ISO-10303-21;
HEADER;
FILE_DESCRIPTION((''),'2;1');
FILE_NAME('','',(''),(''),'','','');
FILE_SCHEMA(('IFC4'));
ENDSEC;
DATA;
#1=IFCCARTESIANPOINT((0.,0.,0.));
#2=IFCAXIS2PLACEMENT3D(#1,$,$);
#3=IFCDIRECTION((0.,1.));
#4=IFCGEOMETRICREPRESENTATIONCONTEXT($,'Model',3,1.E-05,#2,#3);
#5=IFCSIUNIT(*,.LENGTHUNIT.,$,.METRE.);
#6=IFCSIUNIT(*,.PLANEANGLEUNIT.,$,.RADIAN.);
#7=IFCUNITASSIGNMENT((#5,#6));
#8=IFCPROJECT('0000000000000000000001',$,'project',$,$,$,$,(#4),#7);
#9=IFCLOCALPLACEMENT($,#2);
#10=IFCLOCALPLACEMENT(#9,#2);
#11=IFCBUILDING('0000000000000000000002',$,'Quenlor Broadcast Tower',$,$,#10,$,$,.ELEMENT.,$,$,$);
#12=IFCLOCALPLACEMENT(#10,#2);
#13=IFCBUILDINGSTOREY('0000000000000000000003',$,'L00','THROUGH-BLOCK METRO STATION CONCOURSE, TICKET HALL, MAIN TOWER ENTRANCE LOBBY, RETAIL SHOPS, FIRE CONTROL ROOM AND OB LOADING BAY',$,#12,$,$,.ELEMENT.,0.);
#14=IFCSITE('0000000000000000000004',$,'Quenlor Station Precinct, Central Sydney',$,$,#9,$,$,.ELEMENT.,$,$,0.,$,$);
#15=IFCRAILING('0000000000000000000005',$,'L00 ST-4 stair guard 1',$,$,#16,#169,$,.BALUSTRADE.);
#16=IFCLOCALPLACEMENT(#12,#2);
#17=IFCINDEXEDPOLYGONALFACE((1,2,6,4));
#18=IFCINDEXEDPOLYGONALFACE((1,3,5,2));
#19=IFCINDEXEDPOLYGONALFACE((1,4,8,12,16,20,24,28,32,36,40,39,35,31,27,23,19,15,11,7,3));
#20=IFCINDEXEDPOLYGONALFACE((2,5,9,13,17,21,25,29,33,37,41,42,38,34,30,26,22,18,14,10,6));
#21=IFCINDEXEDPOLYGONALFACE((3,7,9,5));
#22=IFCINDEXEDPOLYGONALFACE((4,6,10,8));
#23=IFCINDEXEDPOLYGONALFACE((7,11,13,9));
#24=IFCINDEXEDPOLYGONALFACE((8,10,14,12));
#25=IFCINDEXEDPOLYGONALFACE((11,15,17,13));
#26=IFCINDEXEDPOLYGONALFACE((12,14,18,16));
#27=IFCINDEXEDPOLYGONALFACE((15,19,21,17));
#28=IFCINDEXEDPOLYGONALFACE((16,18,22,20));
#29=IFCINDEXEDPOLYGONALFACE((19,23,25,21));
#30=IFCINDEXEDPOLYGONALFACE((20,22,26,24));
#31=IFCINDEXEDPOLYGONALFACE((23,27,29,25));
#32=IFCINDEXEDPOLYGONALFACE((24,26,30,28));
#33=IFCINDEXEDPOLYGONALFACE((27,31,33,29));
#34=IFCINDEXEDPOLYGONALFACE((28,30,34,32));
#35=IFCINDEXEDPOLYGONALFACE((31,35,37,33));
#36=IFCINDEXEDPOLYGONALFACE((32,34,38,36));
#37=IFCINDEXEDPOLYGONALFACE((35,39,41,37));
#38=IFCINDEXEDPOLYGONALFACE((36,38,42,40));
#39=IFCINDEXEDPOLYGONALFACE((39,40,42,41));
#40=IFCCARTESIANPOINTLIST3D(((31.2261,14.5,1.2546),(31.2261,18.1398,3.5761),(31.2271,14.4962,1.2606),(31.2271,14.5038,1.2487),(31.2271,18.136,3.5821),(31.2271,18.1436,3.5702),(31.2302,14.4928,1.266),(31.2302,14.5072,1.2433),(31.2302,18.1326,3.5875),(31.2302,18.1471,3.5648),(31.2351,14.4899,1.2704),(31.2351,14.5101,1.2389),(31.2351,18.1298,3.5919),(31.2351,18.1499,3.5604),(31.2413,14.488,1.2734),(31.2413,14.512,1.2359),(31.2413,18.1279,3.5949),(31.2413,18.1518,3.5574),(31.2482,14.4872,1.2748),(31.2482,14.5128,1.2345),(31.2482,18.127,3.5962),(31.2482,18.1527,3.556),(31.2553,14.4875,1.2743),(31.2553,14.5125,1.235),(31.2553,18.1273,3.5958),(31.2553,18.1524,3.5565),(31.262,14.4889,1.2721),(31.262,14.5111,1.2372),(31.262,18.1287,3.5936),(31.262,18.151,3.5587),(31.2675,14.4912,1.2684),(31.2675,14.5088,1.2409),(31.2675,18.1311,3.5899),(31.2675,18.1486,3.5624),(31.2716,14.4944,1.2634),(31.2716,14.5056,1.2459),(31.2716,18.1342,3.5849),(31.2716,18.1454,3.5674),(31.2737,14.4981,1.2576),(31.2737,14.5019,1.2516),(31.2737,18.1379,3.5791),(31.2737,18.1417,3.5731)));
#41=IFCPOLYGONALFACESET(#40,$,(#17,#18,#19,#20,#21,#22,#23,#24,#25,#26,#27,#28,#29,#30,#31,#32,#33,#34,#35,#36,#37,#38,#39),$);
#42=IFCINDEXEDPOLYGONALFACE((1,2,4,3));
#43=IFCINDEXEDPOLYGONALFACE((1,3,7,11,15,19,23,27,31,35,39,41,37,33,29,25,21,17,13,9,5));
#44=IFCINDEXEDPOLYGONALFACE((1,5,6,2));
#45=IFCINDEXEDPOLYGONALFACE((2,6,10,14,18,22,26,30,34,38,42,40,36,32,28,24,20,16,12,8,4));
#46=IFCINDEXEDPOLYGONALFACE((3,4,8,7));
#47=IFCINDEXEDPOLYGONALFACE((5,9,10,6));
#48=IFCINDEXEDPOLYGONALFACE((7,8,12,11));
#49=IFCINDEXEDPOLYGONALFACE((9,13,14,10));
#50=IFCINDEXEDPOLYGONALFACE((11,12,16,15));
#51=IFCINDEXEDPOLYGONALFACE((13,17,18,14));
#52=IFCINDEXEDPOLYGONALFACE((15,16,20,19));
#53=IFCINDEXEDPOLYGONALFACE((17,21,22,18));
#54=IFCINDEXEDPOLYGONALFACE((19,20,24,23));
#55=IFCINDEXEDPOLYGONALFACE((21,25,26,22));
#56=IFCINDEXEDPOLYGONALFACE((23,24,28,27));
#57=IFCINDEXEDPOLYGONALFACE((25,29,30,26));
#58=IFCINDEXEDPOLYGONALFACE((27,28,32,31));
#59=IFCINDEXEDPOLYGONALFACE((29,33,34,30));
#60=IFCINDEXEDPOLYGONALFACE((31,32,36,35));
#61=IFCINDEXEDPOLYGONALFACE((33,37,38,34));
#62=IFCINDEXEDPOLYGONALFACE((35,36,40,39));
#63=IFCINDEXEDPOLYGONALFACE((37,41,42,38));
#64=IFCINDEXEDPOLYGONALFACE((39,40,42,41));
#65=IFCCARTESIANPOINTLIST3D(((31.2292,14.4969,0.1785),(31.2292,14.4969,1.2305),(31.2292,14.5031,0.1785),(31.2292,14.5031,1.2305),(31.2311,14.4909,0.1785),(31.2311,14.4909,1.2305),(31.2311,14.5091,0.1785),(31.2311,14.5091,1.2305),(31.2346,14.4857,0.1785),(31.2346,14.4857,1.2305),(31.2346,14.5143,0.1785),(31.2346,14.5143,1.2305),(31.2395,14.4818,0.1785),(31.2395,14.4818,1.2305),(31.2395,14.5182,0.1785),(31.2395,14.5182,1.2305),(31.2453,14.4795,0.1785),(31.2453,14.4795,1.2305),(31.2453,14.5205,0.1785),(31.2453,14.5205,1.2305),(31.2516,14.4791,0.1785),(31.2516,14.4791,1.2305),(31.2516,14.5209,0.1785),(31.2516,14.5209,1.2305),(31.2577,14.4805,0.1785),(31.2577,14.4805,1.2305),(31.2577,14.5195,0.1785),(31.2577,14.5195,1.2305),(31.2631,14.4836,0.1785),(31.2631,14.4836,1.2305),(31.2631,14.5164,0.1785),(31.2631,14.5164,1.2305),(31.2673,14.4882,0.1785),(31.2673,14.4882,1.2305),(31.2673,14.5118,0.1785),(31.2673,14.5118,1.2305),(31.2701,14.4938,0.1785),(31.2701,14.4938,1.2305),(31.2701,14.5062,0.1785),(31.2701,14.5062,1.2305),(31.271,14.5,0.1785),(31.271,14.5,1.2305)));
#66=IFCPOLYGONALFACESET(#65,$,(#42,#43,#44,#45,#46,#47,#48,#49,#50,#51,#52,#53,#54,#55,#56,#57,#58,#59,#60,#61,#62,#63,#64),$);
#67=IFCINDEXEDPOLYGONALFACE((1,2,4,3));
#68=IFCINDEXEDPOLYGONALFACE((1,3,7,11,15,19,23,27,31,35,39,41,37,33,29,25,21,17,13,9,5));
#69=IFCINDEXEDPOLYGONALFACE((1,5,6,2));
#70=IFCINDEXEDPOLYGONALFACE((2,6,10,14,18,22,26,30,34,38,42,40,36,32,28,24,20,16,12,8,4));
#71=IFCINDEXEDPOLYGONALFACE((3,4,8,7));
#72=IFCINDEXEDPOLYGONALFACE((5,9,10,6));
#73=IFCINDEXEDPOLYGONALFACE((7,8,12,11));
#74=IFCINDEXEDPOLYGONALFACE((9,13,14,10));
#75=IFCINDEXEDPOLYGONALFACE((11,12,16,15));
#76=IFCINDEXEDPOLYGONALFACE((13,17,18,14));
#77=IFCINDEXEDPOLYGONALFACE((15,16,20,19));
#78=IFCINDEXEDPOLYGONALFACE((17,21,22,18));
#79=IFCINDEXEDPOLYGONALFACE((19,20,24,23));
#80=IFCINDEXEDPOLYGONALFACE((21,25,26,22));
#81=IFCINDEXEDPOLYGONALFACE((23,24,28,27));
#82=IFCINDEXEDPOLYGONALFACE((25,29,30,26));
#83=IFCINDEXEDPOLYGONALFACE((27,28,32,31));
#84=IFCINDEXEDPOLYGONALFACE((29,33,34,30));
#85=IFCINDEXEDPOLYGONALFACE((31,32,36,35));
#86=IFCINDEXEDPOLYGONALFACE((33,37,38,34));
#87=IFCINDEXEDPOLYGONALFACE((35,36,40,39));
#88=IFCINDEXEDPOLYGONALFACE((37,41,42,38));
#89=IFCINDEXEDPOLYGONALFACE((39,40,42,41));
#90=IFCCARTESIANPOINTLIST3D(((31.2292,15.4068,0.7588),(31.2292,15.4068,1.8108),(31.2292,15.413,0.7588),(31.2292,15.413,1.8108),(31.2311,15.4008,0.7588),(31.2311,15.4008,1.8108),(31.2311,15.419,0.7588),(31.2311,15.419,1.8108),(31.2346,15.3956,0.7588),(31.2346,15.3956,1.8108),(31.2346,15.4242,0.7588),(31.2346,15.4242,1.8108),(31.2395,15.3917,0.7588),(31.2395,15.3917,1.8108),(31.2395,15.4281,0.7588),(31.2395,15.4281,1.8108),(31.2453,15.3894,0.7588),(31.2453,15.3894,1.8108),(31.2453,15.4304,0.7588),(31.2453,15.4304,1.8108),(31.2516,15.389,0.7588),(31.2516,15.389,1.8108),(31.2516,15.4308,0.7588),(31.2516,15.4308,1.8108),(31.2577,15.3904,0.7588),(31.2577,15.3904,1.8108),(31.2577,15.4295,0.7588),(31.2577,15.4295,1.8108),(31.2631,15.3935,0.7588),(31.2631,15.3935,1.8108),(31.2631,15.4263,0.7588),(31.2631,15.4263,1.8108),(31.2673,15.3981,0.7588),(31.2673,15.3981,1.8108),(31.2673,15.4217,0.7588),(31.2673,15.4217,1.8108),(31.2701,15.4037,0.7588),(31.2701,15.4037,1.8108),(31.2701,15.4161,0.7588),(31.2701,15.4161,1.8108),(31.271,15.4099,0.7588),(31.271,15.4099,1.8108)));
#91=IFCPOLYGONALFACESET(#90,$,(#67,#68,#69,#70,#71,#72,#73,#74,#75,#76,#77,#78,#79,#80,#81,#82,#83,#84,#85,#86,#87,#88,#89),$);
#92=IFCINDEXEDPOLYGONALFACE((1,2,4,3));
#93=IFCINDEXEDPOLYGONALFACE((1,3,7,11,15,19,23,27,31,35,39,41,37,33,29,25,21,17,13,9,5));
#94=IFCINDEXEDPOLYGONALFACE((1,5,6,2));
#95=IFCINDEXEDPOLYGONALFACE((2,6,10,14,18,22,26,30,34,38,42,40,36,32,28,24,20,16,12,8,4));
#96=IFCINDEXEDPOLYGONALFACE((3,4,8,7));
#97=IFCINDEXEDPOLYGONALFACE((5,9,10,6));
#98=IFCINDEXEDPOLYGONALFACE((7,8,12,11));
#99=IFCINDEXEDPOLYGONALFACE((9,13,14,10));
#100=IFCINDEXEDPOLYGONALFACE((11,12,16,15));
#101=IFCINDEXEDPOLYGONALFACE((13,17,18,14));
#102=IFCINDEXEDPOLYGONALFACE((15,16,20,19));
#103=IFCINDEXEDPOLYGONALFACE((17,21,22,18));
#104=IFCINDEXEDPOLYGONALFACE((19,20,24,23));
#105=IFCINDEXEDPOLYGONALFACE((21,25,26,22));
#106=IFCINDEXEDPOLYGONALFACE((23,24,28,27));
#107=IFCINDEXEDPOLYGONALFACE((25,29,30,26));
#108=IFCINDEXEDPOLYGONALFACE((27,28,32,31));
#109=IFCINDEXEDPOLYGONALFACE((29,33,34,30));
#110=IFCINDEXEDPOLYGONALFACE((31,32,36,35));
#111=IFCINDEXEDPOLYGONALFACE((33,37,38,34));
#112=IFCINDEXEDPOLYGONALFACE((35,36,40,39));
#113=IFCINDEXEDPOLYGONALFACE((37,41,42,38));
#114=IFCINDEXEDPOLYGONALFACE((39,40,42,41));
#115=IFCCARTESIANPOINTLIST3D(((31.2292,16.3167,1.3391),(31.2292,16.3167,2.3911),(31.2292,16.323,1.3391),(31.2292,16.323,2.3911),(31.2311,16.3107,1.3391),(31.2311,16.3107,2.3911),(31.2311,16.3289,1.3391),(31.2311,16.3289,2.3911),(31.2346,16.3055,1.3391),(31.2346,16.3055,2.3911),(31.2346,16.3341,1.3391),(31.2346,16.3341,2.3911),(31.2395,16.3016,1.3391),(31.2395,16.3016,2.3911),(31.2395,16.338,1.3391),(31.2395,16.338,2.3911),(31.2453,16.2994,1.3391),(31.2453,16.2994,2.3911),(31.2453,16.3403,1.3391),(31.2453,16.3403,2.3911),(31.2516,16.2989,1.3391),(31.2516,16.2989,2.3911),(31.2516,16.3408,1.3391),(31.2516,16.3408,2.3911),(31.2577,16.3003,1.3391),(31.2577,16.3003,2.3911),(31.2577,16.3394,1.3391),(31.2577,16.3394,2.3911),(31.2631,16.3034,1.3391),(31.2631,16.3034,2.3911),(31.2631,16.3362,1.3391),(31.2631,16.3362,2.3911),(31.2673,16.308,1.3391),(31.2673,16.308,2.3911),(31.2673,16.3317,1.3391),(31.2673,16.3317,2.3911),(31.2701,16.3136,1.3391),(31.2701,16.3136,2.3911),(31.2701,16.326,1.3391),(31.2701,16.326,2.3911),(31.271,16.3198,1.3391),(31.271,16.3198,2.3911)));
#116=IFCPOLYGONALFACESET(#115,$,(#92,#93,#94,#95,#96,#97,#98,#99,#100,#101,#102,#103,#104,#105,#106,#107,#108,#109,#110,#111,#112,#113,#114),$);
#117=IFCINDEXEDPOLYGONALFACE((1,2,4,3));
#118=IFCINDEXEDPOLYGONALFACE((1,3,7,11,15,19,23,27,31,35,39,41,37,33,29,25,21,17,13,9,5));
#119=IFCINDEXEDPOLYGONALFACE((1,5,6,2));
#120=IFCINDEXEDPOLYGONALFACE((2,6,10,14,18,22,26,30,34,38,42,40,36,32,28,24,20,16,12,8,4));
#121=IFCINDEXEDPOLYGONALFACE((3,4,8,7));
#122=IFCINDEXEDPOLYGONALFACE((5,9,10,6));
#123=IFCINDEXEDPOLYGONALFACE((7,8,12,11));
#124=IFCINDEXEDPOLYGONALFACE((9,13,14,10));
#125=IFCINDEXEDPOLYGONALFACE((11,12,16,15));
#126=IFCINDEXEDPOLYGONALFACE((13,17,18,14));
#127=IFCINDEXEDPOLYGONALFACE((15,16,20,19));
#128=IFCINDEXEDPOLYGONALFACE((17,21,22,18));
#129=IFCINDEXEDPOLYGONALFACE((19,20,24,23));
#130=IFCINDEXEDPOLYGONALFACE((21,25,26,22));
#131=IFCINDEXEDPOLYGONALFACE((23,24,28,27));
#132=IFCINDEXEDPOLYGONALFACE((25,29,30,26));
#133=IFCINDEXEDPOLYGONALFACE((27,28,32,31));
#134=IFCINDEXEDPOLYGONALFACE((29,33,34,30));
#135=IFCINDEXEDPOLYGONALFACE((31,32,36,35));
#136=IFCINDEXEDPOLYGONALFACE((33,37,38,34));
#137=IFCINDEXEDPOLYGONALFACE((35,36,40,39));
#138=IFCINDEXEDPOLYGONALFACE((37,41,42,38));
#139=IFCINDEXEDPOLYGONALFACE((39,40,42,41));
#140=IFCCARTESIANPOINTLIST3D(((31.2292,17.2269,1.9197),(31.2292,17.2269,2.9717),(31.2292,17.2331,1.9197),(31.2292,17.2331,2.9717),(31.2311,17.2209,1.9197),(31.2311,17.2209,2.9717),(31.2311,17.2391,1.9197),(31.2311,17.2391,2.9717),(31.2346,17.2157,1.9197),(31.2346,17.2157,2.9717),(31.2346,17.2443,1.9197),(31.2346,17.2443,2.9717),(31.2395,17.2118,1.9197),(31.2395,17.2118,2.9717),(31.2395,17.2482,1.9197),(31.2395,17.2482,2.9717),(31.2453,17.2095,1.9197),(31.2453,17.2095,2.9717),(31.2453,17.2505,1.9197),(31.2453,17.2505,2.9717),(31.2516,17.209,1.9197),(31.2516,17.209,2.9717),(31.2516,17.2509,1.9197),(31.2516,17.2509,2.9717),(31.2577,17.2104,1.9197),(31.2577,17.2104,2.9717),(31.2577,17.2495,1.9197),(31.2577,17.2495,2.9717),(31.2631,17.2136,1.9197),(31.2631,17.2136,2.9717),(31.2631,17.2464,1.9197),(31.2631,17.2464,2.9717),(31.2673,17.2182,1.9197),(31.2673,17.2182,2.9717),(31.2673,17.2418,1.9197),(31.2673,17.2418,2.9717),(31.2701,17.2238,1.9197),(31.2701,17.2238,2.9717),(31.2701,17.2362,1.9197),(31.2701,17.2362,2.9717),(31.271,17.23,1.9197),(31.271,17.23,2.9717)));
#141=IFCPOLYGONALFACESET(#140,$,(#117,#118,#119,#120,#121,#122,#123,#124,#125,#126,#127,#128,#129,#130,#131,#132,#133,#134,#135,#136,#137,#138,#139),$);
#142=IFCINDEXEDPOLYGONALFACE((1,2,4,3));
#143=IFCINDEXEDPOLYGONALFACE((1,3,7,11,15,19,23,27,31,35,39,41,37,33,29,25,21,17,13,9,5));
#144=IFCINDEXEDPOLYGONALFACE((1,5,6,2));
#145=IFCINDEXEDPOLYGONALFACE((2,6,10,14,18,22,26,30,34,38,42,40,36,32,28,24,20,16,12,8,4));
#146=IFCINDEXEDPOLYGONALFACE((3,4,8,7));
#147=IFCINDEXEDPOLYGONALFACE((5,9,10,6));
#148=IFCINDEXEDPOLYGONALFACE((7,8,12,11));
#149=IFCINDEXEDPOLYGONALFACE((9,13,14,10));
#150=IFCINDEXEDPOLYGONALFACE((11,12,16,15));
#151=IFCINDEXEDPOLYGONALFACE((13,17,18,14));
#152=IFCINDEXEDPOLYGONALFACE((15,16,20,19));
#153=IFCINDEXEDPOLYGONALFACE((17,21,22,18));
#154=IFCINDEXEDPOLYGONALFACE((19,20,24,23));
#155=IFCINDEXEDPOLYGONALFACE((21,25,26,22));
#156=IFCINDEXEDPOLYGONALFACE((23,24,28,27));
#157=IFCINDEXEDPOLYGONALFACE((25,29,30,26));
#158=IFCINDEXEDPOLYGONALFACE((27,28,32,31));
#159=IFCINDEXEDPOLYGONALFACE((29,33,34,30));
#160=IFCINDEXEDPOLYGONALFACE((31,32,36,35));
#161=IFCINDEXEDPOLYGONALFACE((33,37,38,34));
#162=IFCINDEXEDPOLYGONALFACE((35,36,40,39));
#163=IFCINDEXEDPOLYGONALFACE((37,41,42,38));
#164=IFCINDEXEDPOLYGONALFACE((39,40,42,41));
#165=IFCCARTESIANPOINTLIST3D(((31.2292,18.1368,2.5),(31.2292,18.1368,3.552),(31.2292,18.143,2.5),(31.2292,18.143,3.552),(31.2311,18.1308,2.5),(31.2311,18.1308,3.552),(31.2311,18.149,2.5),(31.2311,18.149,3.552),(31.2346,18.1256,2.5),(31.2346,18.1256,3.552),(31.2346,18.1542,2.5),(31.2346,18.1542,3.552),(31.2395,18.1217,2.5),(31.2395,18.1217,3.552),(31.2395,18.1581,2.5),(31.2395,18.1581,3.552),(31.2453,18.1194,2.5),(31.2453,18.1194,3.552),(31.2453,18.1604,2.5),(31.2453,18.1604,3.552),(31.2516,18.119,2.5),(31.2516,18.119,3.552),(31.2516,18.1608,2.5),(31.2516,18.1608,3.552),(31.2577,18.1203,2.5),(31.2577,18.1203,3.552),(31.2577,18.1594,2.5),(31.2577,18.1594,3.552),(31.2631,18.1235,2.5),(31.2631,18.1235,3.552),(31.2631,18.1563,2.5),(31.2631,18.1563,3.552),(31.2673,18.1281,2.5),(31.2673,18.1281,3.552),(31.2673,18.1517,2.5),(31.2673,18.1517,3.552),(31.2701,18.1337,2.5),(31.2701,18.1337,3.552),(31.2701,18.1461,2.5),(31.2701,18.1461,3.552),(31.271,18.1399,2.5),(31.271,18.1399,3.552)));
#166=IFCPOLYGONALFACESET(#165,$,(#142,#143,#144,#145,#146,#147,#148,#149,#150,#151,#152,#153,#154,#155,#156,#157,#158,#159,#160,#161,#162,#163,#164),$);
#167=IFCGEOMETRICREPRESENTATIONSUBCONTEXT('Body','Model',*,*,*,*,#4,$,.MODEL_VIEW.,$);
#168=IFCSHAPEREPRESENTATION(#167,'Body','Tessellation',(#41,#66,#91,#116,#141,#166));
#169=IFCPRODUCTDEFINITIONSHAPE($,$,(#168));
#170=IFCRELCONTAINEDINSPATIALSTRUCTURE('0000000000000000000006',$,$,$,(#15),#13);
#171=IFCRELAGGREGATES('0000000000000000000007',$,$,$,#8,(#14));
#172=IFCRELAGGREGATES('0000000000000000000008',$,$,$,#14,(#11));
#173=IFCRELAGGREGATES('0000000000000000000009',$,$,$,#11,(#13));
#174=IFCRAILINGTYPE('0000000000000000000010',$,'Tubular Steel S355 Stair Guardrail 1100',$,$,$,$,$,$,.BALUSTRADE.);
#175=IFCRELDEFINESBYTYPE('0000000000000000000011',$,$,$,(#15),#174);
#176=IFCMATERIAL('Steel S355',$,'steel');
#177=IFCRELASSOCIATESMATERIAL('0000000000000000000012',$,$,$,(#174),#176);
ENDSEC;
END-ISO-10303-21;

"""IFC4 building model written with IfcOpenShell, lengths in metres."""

from ifc_helpers import new_model, si_unit, direction, frame, origin, origin_2d, place, context, subcontext, project, spatial, circle, extrude, material, type_object, element, save


model = new_model("IFC4")

# Units and contexts
model_context = context("Model", 3, precision=1e-05, world=origin(), true_north=direction((0.0, 1.0)))
body_context = subcontext(model_context, "Body", "Model", "MODEL_VIEW")
ifc_project = project(units=[si_unit("LENGTHUNIT", "METRE"), si_unit("PLANEANGLEUNIT", "RADIAN")], contexts=[model_context])

# Site, building, storey
site_placement = place(None, origin())
site = spatial("IfcSite", under=ifc_project, at=site_placement, Name="Quenlor Station Precinct, Central Sydney", CompositionType="ELEMENT", RefElevation=0.0)
building_placement = place(site_placement, origin())
building = spatial("IfcBuilding", under=site, at=building_placement, Name="Quenlor Broadcast Tower", CompositionType="ELEMENT")
storey_placement = place(building_placement, origin())
storey = spatial("IfcBuildingStorey", under=building, at=storey_placement, Name="L00", Description="THROUGH-BLOCK METRO STATION CONCOURSE, TICKET HALL, MAIN TOWER ENTRANCE LOBBY, RETAIL SHOPS, FIRE CONTROL ROOM AND OB LOADING BAY", CompositionType="ELEMENT", Elevation=0.0)

# Railing
ifc_material_1 = material(Name="Steel S355", Category="steel")
railing_type_1 = type_object("IfcRailingType", Name="Tubular Steel S355 Stair Guardrail 1100", PredefinedType="BALUSTRADE", material=ifc_material_1)
railing_1_placement = place(storey_placement, frame((31.25, 14.5, 0.1785)))
element("IfcRailing", 1, at=railing_1_placement, inside=storey, type_object=railing_type_1, Name="L00 ST-4 stair guard 1", PredefinedType="BALUSTRADE", context=body_context, shape_type="SweptSolid", body=[
    extrude(circle(Radius=0.0239, at=origin_2d()), frame((0.0, 0.0, 1.0762), z_axis=(0.0, 0.843112, 0.537739), x_axis=(-1.0, 0.0, 0.0)), (0.0, 0.0, 1.0), 4.3171),
    extrude(circle(Radius=0.021, at=origin_2d()), origin(), (0.0, 0.0, 1.0), 1.052),
    extrude(circle(Radius=0.021, at=origin_2d()), frame((0.0, 0.9099, 0.5803)), (0.0, 0.0, 1.0), 1.052),
    extrude(circle(Radius=0.021, at=origin_2d()), frame((0.0, 1.8198, 1.1606)), (0.0, 0.0, 1.0), 1.052),
    extrude(circle(Radius=0.021, at=origin_2d()), frame((0.0, 2.73, 1.7412)), (0.0, 0.0, 1.0), 1.052),
    extrude(circle(Radius=0.021, at=origin_2d()), frame((0.0, 3.6399, 2.3215)), (0.0, 0.0, 1.0), 1.052),
])

save(model, "model.ifc")
